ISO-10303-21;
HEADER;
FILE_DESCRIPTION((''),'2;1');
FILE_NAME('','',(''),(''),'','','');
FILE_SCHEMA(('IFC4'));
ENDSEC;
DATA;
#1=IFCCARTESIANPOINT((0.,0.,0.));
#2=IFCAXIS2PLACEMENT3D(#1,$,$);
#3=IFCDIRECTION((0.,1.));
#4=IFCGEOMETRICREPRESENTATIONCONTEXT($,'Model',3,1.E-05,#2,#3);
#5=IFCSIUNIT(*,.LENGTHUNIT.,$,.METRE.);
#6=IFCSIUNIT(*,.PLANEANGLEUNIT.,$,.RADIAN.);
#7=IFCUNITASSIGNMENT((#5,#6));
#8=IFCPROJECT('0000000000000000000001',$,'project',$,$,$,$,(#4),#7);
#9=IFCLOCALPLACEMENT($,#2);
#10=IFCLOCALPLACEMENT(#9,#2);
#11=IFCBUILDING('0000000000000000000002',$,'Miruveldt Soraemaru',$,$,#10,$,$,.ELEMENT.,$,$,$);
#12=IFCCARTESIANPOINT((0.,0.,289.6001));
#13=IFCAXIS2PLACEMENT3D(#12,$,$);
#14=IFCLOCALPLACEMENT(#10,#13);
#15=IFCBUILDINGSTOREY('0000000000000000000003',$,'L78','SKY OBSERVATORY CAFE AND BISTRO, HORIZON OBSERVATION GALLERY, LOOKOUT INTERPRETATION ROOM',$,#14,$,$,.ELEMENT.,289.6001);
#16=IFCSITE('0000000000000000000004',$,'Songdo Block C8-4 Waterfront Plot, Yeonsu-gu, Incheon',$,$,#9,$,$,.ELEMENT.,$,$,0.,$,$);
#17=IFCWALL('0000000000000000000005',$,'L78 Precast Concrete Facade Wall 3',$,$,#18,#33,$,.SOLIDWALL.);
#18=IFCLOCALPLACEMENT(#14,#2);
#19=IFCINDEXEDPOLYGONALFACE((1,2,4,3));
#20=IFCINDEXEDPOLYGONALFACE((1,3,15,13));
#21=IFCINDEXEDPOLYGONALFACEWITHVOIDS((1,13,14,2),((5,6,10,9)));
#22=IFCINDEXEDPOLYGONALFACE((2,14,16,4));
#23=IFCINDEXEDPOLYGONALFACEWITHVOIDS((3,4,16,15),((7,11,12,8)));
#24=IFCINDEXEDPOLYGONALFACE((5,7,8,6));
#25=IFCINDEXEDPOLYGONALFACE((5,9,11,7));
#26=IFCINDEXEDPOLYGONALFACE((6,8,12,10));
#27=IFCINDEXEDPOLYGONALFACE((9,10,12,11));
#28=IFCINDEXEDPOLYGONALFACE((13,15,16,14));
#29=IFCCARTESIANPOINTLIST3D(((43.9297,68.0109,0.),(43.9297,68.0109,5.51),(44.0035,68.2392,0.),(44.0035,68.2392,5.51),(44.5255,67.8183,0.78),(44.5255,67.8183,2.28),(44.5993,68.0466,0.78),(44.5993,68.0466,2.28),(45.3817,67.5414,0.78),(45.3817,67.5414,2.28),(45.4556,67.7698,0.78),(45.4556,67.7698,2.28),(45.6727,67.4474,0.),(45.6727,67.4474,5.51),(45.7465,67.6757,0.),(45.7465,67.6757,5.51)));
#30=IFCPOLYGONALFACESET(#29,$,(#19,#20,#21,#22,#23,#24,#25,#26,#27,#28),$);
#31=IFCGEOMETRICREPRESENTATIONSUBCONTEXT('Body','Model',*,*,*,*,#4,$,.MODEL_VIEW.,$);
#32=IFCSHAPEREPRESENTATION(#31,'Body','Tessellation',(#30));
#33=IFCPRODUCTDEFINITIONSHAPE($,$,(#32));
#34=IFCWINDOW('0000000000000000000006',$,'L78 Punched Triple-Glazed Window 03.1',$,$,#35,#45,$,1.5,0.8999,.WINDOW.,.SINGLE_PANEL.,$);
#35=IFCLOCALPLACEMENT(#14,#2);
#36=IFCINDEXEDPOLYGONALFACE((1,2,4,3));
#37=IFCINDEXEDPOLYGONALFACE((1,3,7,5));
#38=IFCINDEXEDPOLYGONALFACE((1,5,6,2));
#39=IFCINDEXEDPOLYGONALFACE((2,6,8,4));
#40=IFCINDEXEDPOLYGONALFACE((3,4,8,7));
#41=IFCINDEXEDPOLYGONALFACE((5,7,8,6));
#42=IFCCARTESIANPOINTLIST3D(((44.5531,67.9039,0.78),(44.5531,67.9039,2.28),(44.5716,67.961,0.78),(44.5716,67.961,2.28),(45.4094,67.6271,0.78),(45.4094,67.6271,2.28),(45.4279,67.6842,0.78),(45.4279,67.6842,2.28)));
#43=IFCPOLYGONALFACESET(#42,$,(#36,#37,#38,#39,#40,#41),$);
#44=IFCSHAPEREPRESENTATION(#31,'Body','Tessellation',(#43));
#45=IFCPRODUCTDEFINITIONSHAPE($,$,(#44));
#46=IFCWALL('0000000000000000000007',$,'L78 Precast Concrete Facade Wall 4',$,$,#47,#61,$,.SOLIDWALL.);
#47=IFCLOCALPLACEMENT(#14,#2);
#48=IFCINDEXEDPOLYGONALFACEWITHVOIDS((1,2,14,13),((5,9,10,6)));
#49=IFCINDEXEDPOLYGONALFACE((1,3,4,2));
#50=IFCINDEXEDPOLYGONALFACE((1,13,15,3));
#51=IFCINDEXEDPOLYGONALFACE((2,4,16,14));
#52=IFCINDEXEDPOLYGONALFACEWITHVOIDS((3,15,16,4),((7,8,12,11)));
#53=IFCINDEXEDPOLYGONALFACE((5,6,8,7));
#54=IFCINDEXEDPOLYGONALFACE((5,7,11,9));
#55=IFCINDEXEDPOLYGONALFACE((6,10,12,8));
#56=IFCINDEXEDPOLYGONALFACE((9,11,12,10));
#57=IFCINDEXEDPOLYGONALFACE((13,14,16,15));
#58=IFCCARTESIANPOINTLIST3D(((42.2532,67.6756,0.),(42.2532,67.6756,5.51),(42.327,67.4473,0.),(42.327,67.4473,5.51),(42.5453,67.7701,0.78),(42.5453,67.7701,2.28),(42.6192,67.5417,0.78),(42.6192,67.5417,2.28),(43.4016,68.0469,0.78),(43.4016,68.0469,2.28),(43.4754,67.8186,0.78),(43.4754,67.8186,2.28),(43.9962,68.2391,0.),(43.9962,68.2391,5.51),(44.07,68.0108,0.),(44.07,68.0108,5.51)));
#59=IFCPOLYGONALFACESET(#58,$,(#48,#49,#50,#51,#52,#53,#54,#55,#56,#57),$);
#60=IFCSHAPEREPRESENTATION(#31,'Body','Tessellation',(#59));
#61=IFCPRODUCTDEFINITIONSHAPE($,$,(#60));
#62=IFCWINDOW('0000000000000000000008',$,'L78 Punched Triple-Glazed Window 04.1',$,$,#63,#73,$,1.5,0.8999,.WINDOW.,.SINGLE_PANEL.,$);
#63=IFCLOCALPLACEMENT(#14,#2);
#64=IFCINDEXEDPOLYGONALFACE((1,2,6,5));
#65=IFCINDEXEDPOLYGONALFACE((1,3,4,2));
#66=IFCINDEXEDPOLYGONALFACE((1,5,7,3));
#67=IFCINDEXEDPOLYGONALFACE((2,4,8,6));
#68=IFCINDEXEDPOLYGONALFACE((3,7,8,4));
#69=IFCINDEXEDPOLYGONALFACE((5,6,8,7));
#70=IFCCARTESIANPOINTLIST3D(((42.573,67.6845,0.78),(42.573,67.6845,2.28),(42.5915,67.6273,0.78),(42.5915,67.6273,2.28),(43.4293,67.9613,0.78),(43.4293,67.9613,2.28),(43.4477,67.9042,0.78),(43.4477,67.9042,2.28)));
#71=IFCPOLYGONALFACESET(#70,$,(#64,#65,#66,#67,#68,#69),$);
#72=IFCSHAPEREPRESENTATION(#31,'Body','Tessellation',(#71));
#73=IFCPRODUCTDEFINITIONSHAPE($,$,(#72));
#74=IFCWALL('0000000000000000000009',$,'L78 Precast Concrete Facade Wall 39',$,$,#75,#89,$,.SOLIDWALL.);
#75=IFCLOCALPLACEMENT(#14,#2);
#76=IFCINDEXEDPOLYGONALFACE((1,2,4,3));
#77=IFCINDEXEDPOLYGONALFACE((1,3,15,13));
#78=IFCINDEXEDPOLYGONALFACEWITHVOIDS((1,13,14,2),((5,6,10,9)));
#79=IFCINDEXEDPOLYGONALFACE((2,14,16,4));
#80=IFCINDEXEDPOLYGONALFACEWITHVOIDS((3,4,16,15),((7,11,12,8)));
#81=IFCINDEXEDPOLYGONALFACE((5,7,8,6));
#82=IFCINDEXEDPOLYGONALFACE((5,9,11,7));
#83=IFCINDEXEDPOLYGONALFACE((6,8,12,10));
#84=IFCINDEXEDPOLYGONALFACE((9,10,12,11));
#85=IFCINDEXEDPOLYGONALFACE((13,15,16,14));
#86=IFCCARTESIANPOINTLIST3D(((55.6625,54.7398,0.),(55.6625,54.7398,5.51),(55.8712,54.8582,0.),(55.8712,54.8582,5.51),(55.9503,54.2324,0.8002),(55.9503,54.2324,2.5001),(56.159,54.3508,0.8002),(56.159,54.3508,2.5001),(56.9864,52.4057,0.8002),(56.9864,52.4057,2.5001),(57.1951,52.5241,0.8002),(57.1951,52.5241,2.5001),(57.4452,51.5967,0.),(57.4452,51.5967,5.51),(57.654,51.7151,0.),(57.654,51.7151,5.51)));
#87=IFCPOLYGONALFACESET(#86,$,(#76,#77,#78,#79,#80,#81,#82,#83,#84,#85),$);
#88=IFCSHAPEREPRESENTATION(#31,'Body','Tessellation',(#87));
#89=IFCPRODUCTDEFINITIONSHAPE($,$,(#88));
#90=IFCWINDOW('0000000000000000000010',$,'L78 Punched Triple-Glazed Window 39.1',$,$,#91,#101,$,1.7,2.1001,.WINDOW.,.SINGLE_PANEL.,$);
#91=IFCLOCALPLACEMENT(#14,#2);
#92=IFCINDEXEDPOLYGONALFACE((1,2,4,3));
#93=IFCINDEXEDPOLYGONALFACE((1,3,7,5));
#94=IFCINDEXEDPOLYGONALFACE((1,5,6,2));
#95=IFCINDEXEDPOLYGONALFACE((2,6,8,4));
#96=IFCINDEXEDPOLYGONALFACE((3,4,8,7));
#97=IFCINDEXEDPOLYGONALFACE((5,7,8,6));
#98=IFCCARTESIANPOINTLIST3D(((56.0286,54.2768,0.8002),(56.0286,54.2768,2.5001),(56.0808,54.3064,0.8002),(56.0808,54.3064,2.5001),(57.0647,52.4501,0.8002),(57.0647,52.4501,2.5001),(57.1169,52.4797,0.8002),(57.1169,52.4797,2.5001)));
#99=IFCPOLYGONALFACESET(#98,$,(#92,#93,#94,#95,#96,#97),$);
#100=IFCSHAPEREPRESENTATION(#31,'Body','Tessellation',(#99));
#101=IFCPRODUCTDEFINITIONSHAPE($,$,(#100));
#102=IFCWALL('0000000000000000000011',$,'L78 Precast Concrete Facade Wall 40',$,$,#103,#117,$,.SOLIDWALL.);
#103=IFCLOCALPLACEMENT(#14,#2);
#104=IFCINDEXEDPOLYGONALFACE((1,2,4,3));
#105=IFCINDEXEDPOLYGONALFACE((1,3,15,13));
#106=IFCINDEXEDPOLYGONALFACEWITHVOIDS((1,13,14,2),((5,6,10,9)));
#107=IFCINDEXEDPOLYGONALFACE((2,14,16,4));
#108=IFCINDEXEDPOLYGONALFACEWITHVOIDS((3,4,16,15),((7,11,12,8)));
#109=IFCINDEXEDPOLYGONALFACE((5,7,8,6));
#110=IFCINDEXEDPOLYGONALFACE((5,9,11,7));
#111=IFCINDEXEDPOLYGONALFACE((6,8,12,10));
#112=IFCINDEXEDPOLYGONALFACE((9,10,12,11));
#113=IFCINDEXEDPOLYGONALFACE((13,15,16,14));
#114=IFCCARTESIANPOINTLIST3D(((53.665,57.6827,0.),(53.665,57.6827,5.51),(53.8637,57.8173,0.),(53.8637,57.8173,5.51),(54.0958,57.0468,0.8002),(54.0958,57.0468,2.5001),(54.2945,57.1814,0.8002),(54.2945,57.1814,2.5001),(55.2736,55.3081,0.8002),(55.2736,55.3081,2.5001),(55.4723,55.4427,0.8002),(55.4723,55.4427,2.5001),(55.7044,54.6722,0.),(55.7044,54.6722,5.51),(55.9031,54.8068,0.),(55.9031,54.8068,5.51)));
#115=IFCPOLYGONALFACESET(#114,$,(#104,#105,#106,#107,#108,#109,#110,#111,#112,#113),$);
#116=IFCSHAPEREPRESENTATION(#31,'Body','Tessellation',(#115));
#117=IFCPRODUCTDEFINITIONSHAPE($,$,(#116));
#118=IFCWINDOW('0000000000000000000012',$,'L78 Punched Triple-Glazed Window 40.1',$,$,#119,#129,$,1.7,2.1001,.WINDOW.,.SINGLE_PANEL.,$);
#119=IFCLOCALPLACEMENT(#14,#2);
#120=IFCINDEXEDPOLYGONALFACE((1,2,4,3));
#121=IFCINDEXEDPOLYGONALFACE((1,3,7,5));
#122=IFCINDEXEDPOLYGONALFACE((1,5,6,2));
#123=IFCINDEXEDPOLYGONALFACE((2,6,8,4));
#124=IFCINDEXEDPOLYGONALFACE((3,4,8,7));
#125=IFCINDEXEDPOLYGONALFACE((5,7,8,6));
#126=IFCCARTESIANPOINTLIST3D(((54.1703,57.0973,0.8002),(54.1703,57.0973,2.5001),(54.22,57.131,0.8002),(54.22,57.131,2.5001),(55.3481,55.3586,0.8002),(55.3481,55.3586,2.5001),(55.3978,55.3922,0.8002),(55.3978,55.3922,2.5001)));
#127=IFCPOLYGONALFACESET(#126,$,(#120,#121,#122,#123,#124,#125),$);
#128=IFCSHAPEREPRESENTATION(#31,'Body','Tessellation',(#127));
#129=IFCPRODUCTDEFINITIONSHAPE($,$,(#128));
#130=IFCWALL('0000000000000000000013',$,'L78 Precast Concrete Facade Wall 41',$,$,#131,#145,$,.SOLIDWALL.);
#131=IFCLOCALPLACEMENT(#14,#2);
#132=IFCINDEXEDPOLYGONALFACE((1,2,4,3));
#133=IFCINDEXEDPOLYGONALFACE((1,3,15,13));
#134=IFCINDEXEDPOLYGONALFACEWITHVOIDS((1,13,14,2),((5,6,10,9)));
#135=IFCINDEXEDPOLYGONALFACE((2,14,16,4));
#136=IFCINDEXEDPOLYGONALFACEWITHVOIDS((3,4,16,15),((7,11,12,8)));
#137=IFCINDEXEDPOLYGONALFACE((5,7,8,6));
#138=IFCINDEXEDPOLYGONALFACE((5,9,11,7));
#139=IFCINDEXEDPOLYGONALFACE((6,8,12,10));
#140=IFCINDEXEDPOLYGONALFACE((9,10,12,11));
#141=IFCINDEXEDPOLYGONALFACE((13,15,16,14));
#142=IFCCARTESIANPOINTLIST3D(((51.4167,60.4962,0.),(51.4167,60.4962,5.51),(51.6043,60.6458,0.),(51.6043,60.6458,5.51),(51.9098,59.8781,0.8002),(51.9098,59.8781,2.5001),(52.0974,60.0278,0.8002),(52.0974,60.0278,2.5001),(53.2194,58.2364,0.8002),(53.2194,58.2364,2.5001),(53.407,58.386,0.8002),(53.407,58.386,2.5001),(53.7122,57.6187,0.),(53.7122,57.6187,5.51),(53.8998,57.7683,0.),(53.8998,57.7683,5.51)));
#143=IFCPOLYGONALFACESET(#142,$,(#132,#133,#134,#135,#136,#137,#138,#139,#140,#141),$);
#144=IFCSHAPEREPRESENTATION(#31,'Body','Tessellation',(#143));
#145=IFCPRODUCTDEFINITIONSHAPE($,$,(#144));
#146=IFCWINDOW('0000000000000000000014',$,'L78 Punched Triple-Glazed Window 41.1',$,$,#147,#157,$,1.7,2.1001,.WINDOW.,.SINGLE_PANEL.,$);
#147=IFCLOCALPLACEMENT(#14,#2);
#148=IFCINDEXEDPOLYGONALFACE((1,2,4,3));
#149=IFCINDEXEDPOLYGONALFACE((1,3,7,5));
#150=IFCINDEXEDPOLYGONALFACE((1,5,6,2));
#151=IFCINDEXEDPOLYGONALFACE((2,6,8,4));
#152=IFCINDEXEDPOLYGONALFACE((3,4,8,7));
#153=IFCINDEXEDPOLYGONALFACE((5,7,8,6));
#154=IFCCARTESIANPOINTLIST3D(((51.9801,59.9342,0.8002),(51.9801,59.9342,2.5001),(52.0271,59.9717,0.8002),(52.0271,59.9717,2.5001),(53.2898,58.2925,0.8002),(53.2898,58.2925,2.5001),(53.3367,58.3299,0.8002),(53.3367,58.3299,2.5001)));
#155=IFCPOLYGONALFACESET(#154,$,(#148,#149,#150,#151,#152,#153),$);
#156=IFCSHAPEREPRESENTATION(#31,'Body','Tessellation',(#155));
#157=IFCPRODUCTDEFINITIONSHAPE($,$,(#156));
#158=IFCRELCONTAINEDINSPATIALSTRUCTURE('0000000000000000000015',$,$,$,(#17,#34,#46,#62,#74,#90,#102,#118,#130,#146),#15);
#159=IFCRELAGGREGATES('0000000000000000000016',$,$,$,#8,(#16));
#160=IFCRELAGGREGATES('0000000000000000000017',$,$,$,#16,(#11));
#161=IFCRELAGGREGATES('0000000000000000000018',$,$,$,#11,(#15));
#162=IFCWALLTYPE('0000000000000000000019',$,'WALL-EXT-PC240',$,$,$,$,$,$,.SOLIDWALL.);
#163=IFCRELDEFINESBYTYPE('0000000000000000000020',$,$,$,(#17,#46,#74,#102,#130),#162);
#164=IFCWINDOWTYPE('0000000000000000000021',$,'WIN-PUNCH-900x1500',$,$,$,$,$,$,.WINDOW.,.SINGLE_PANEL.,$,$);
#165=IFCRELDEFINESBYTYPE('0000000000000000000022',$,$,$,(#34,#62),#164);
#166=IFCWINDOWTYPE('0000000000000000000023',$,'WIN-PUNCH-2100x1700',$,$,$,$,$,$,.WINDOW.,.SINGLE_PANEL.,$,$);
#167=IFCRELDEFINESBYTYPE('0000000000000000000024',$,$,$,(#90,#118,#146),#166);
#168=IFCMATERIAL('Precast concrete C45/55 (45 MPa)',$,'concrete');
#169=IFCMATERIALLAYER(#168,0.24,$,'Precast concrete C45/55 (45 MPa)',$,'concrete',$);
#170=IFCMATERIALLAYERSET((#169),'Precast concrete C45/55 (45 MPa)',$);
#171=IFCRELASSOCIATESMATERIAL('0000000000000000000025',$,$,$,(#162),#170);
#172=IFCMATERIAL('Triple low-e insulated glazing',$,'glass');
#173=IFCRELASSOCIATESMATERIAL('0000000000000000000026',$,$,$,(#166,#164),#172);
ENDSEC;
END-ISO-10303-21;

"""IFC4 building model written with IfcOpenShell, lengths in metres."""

from ifc_helpers import new_model, si_unit, direction, frame, frame_2d, origin, place, context, subcontext, project, spatial, rectangle, extrude, material, layer, layer_set, type_object, element, fill, save


model = new_model("IFC4")

# Units and contexts
model_context = context("Model", 3, precision=1e-05, world=origin(), true_north=direction((0.0, 1.0)))
body_context = subcontext(model_context, "Body", "Model", "MODEL_VIEW")
ifc_project = project(units=[si_unit("LENGTHUNIT", "METRE"), si_unit("PLANEANGLEUNIT", "RADIAN")], contexts=[model_context])

# Site, building, storey
site_placement = place(None, origin())
site = spatial("IfcSite", under=ifc_project, at=site_placement, Name="Songdo Block C8-4 Waterfront Plot, Yeonsu-gu, Incheon", CompositionType="ELEMENT", RefElevation=0.0)
building_placement = place(site_placement, origin())
building = spatial("IfcBuilding", under=site, at=building_placement, Name="Miruveldt Soraemaru", CompositionType="ELEMENT")
storey_placement = place(building_placement, frame((0.0, 0.0, 289.6001)))
storey = spatial("IfcBuildingStorey", under=building, at=storey_placement, Name="L78", Description="SKY OBSERVATORY CAFE AND BISTRO, HORIZON OBSERVATION GALLERY, LOOKOUT INTERPRETATION ROOM", CompositionType="ELEMENT", Elevation=289.6001)

# Walls, openings, windows
ifc_material_1 = material(Name="Precast concrete C45/55 (45 MPa)", Category="concrete")
ifc_layer_1 = layer(ifc_material_1, 0.24, Name="Precast concrete C45/55 (45 MPa)", Category="concrete")
ifc_layer_set_1 = layer_set([ifc_layer_1], Name="Precast concrete C45/55 (45 MPa)")
wall_type_1 = type_object("IfcWallType", Name="WALL-EXT-PC240", PredefinedType="SOLIDWALL", material=ifc_layer_set_1)
ifc_material_2 = material(Name="Triple low-e insulated glazing", Category="glass")
window_type_1 = type_object("IfcWindowType", Name="WIN-PUNCH-2100x1700", PartitioningType="SINGLE_PANEL", PredefinedType="WINDOW", material=ifc_material_2)
wall_1_placement = place(storey_placement, frame((45.7097, 67.5615, 0.0), z_axis=(0.0, 0.0, 1.0), x_axis=(-0.95151, 0.307618, 0.0)))
wall_1 = element("IfcWall", 1, at=wall_1_placement, inside=storey, type_object=wall_type_1, Name="L78 Precast Concrete Facade Wall 3", PredefinedType="SOLIDWALL", context=body_context, shape_type="SweptSolid", body=[
    extrude(rectangle(XDim=1.8318, YDim=0.24, at=frame_2d((0.916, 0.0))), origin(), (0.0, 0.0, 1.0), 5.51),
])
opening_1_placement = place(wall_1_placement, frame((0.3059, 0.0, 0.78)))
opening_1 = element("IfcOpeningElement", 2, at=opening_1_placement, cuts=wall_1, PredefinedType="OPENING", context=body_context, shape_type="SweptSolid", body=[
    extrude(rectangle(XDim=0.8999, YDim=1.5, at=frame_2d((0.45, 0.75))), frame((0.0, 0.1299, 0.0), z_axis=(0.0, -1.0, 0.0), x_axis=(1.0, 0.0, 0.0)), (0.0, 0.0, 1.0), 0.26),
])
window_type_2 = type_object("IfcWindowType", Name="WIN-PUNCH-900x1500", PartitioningType="SINGLE_PANEL", PredefinedType="WINDOW", material=ifc_material_2)
window_1_placement = place(opening_1_placement, origin())
window_1 = element("IfcWindow", 3, at=window_1_placement, inside=storey, type_object=window_type_2, Name="L78 Punched Triple-Glazed Window 03.1", OverallHeight=1.5, OverallWidth=0.8999, PartitioningType="SINGLE_PANEL", PredefinedType="WINDOW", context=body_context, shape_type="SweptSolid", body=[
    extrude(rectangle(XDim=0.8999, YDim=1.5, at=frame_2d((0.45, 0.75))), frame((0.0, 0.03, 0.0), z_axis=(0.0, -1.0, 0.0), x_axis=(1.0, 0.0, 0.0)), (0.0, 0.0, 1.0), 0.0601),
])
fill(opening_1, window_1)
wall_2_placement = place(storey_placement, frame((44.0332, 68.125, 0.0), z_axis=(0.0, 0.0, 1.0), x_axis=(-0.95151, -0.307618, 0.0)))
wall_2 = element("IfcWall", 4, at=wall_2_placement, inside=storey, type_object=wall_type_1, Name="L78 Precast Concrete Facade Wall 4", PredefinedType="SOLIDWALL", context=body_context, shape_type="SweptSolid", body=[
    extrude(rectangle(XDim=1.8318, YDim=0.24, at=frame_2d((0.916, 0.0))), origin(), (0.0, 0.0, 1.0), 5.51),
])
opening_2_placement = place(wall_2_placement, frame((0.625, 0.0, 0.78)))
opening_2 = element("IfcOpeningElement", 5, at=opening_2_placement, cuts=wall_2, PredefinedType="OPENING", context=body_context, shape_type="SweptSolid", body=[
    extrude(rectangle(XDim=0.8999, YDim=1.5, at=frame_2d((0.45, 0.75))), frame((0.0, 0.1299, 0.0), z_axis=(0.0, -1.0, 0.0), x_axis=(1.0, 0.0, 0.0)), (0.0, 0.0, 1.0), 0.26),
])
window_2_placement = place(opening_2_placement, origin())
window_2 = element("IfcWindow", 6, at=window_2_placement, inside=storey, type_object=window_type_2, Name="L78 Punched Triple-Glazed Window 04.1", OverallHeight=1.5, OverallWidth=0.8999, PartitioningType="SINGLE_PANEL", PredefinedType="WINDOW", context=body_context, shape_type="SweptSolid", body=[
    extrude(rectangle(XDim=0.8999, YDim=1.5, at=frame_2d((0.45, 0.75))), frame((0.0, 0.03, 0.0), z_axis=(0.0, -1.0, 0.0), x_axis=(1.0, 0.0, 0.0)), (0.0, 0.0, 1.0), 0.0601),
])
fill(opening_2, window_2)
wall_3_placement = place(storey_placement, frame((57.5496, 51.656, 0.0), z_axis=(0.0, 0.0, 1.0), x_axis=(-0.493357, 0.869827, 0.0)))
wall_3 = element("IfcWall", 7, at=wall_3_placement, inside=storey, type_object=wall_type_1, Name="L78 Precast Concrete Facade Wall 39", PredefinedType="SOLIDWALL", context=body_context, shape_type="SweptSolid", body=[
    extrude(rectangle(XDim=3.6135, YDim=0.24, at=frame_2d((1.8066, 0.0))), origin(), (0.0, 0.0, 1.0), 5.51),
])
opening_3_placement = place(wall_3_placement, frame((0.9299, 0.0, 0.8)))
opening_3 = element("IfcOpeningElement", 8, at=opening_3_placement, cuts=wall_3, PredefinedType="OPENING", context=body_context, shape_type="SweptSolid", body=[
    extrude(rectangle(XDim=2.1001, YDim=1.7, at=frame_2d((1.05, 0.8501))), frame((0.0, 0.1299, 0.0), z_axis=(0.0, -1.0, 0.0), x_axis=(1.0, 0.0, 0.0)), (0.0, 0.0, 1.0), 0.26),
])
window_3_placement = place(opening_3_placement, origin())
window_3 = element("IfcWindow", 9, at=window_3_placement, inside=storey, type_object=window_type_1, Name="L78 Punched Triple-Glazed Window 39.1", OverallHeight=1.7, OverallWidth=2.1001, PartitioningType="SINGLE_PANEL", PredefinedType="WINDOW", context=body_context, shape_type="SweptSolid", body=[
    extrude(rectangle(XDim=2.1001, YDim=1.7, at=frame_2d((1.05, 0.8501))), frame((0.0, 0.03, 0.0), z_axis=(0.0, -1.0, 0.0), x_axis=(1.0, 0.0, 0.0)), (0.0, 0.0, 1.0), 0.0601),
])
fill(opening_3, window_3)
wall_4_placement = place(storey_placement, frame((55.8037, 54.7395, 0.0), z_axis=(0.0, 0.0, 1.0), x_axis=(-0.560836, 0.827927, 0.0)))
wall_4 = element("IfcWall", 10, at=wall_4_placement, inside=storey, type_object=wall_type_1, Name="L78 Precast Concrete Facade Wall 40", PredefinedType="SOLIDWALL", context=body_context, shape_type="SweptSolid", body=[
    extrude(rectangle(XDim=3.6362, YDim=0.24, at=frame_2d((1.8181, 0.0))), origin(), (0.0, 0.0, 1.0), 5.51),
])
opening_4_placement = place(wall_4_placement, frame((0.7681, 0.0, 0.8)))
opening_4 = element("IfcOpeningElement", 11, at=opening_4_placement, cuts=wall_4, PredefinedType="OPENING", context=body_context, shape_type="SweptSolid", body=[
    extrude(rectangle(XDim=2.1001, YDim=1.7, at=frame_2d((1.05, 0.8501))), frame((0.0, 0.1299, 0.0), z_axis=(0.0, -1.0, 0.0), x_axis=(1.0, 0.0, 0.0)), (0.0, 0.0, 1.0), 0.26),
])
window_4_placement = place(opening_4_placement, origin())
window_4 = element("IfcWindow", 12, at=window_4_placement, inside=storey, type_object=window_type_1, Name="L78 Punched Triple-Glazed Window 40.1", OverallHeight=1.7, OverallWidth=2.1001, PartitioningType="SINGLE_PANEL", PredefinedType="WINDOW", context=body_context, shape_type="SweptSolid", body=[
    extrude(rectangle(XDim=2.1001, YDim=1.7, at=frame_2d((1.05, 0.8501))), frame((0.0, 0.03, 0.0), z_axis=(0.0, -1.0, 0.0), x_axis=(1.0, 0.0, 0.0)), (0.0, 0.0, 1.0), 0.0601),
])
fill(opening_4, window_4)
wall_5_placement = place(storey_placement, frame((53.8059, 57.6936, 0.0), z_axis=(0.0, 0.0, 1.0), x_axis=(-0.623611, 0.781735, 0.0)))
wall_5 = element("IfcWall", 13, at=wall_5_placement, inside=storey, type_object=wall_type_1, Name="L78 Precast Concrete Facade Wall 41", PredefinedType="SOLIDWALL", context=body_context, shape_type="SweptSolid", body=[
    extrude(rectangle(XDim=3.6809, YDim=0.24, at=frame_2d((1.8403, 0.0))), origin(), (0.0, 0.0, 1.0), 5.51),
])
opening_5_placement = place(wall_5_placement, frame((0.79, 0.0, 0.8)))
opening_5 = element("IfcOpeningElement", 14, at=opening_5_placement, cuts=wall_5, PredefinedType="OPENING", context=body_context, shape_type="SweptSolid", body=[
    extrude(rectangle(XDim=2.1001, YDim=1.7, at=frame_2d((1.05, 0.8501))), frame((0.0, 0.1299, 0.0), z_axis=(0.0, -1.0, 0.0), x_axis=(1.0, 0.0, 0.0)), (0.0, 0.0, 1.0), 0.26),
])
window_5_placement = place(opening_5_placement, origin())
window_5 = element("IfcWindow", 15, at=window_5_placement, inside=storey, type_object=window_type_1, Name="L78 Punched Triple-Glazed Window 41.1", OverallHeight=1.7, OverallWidth=2.1001, PartitioningType="SINGLE_PANEL", PredefinedType="WINDOW", context=body_context, shape_type="SweptSolid", body=[
    extrude(rectangle(XDim=2.1001, YDim=1.7, at=frame_2d((1.05, 0.8501))), frame((0.0, 0.03, 0.0), z_axis=(0.0, -1.0, 0.0), x_axis=(1.0, 0.0, 0.0)), (0.0, 0.0, 1.0), 0.0601),
])
fill(opening_5, window_5)

save(model, "model.ifc")
